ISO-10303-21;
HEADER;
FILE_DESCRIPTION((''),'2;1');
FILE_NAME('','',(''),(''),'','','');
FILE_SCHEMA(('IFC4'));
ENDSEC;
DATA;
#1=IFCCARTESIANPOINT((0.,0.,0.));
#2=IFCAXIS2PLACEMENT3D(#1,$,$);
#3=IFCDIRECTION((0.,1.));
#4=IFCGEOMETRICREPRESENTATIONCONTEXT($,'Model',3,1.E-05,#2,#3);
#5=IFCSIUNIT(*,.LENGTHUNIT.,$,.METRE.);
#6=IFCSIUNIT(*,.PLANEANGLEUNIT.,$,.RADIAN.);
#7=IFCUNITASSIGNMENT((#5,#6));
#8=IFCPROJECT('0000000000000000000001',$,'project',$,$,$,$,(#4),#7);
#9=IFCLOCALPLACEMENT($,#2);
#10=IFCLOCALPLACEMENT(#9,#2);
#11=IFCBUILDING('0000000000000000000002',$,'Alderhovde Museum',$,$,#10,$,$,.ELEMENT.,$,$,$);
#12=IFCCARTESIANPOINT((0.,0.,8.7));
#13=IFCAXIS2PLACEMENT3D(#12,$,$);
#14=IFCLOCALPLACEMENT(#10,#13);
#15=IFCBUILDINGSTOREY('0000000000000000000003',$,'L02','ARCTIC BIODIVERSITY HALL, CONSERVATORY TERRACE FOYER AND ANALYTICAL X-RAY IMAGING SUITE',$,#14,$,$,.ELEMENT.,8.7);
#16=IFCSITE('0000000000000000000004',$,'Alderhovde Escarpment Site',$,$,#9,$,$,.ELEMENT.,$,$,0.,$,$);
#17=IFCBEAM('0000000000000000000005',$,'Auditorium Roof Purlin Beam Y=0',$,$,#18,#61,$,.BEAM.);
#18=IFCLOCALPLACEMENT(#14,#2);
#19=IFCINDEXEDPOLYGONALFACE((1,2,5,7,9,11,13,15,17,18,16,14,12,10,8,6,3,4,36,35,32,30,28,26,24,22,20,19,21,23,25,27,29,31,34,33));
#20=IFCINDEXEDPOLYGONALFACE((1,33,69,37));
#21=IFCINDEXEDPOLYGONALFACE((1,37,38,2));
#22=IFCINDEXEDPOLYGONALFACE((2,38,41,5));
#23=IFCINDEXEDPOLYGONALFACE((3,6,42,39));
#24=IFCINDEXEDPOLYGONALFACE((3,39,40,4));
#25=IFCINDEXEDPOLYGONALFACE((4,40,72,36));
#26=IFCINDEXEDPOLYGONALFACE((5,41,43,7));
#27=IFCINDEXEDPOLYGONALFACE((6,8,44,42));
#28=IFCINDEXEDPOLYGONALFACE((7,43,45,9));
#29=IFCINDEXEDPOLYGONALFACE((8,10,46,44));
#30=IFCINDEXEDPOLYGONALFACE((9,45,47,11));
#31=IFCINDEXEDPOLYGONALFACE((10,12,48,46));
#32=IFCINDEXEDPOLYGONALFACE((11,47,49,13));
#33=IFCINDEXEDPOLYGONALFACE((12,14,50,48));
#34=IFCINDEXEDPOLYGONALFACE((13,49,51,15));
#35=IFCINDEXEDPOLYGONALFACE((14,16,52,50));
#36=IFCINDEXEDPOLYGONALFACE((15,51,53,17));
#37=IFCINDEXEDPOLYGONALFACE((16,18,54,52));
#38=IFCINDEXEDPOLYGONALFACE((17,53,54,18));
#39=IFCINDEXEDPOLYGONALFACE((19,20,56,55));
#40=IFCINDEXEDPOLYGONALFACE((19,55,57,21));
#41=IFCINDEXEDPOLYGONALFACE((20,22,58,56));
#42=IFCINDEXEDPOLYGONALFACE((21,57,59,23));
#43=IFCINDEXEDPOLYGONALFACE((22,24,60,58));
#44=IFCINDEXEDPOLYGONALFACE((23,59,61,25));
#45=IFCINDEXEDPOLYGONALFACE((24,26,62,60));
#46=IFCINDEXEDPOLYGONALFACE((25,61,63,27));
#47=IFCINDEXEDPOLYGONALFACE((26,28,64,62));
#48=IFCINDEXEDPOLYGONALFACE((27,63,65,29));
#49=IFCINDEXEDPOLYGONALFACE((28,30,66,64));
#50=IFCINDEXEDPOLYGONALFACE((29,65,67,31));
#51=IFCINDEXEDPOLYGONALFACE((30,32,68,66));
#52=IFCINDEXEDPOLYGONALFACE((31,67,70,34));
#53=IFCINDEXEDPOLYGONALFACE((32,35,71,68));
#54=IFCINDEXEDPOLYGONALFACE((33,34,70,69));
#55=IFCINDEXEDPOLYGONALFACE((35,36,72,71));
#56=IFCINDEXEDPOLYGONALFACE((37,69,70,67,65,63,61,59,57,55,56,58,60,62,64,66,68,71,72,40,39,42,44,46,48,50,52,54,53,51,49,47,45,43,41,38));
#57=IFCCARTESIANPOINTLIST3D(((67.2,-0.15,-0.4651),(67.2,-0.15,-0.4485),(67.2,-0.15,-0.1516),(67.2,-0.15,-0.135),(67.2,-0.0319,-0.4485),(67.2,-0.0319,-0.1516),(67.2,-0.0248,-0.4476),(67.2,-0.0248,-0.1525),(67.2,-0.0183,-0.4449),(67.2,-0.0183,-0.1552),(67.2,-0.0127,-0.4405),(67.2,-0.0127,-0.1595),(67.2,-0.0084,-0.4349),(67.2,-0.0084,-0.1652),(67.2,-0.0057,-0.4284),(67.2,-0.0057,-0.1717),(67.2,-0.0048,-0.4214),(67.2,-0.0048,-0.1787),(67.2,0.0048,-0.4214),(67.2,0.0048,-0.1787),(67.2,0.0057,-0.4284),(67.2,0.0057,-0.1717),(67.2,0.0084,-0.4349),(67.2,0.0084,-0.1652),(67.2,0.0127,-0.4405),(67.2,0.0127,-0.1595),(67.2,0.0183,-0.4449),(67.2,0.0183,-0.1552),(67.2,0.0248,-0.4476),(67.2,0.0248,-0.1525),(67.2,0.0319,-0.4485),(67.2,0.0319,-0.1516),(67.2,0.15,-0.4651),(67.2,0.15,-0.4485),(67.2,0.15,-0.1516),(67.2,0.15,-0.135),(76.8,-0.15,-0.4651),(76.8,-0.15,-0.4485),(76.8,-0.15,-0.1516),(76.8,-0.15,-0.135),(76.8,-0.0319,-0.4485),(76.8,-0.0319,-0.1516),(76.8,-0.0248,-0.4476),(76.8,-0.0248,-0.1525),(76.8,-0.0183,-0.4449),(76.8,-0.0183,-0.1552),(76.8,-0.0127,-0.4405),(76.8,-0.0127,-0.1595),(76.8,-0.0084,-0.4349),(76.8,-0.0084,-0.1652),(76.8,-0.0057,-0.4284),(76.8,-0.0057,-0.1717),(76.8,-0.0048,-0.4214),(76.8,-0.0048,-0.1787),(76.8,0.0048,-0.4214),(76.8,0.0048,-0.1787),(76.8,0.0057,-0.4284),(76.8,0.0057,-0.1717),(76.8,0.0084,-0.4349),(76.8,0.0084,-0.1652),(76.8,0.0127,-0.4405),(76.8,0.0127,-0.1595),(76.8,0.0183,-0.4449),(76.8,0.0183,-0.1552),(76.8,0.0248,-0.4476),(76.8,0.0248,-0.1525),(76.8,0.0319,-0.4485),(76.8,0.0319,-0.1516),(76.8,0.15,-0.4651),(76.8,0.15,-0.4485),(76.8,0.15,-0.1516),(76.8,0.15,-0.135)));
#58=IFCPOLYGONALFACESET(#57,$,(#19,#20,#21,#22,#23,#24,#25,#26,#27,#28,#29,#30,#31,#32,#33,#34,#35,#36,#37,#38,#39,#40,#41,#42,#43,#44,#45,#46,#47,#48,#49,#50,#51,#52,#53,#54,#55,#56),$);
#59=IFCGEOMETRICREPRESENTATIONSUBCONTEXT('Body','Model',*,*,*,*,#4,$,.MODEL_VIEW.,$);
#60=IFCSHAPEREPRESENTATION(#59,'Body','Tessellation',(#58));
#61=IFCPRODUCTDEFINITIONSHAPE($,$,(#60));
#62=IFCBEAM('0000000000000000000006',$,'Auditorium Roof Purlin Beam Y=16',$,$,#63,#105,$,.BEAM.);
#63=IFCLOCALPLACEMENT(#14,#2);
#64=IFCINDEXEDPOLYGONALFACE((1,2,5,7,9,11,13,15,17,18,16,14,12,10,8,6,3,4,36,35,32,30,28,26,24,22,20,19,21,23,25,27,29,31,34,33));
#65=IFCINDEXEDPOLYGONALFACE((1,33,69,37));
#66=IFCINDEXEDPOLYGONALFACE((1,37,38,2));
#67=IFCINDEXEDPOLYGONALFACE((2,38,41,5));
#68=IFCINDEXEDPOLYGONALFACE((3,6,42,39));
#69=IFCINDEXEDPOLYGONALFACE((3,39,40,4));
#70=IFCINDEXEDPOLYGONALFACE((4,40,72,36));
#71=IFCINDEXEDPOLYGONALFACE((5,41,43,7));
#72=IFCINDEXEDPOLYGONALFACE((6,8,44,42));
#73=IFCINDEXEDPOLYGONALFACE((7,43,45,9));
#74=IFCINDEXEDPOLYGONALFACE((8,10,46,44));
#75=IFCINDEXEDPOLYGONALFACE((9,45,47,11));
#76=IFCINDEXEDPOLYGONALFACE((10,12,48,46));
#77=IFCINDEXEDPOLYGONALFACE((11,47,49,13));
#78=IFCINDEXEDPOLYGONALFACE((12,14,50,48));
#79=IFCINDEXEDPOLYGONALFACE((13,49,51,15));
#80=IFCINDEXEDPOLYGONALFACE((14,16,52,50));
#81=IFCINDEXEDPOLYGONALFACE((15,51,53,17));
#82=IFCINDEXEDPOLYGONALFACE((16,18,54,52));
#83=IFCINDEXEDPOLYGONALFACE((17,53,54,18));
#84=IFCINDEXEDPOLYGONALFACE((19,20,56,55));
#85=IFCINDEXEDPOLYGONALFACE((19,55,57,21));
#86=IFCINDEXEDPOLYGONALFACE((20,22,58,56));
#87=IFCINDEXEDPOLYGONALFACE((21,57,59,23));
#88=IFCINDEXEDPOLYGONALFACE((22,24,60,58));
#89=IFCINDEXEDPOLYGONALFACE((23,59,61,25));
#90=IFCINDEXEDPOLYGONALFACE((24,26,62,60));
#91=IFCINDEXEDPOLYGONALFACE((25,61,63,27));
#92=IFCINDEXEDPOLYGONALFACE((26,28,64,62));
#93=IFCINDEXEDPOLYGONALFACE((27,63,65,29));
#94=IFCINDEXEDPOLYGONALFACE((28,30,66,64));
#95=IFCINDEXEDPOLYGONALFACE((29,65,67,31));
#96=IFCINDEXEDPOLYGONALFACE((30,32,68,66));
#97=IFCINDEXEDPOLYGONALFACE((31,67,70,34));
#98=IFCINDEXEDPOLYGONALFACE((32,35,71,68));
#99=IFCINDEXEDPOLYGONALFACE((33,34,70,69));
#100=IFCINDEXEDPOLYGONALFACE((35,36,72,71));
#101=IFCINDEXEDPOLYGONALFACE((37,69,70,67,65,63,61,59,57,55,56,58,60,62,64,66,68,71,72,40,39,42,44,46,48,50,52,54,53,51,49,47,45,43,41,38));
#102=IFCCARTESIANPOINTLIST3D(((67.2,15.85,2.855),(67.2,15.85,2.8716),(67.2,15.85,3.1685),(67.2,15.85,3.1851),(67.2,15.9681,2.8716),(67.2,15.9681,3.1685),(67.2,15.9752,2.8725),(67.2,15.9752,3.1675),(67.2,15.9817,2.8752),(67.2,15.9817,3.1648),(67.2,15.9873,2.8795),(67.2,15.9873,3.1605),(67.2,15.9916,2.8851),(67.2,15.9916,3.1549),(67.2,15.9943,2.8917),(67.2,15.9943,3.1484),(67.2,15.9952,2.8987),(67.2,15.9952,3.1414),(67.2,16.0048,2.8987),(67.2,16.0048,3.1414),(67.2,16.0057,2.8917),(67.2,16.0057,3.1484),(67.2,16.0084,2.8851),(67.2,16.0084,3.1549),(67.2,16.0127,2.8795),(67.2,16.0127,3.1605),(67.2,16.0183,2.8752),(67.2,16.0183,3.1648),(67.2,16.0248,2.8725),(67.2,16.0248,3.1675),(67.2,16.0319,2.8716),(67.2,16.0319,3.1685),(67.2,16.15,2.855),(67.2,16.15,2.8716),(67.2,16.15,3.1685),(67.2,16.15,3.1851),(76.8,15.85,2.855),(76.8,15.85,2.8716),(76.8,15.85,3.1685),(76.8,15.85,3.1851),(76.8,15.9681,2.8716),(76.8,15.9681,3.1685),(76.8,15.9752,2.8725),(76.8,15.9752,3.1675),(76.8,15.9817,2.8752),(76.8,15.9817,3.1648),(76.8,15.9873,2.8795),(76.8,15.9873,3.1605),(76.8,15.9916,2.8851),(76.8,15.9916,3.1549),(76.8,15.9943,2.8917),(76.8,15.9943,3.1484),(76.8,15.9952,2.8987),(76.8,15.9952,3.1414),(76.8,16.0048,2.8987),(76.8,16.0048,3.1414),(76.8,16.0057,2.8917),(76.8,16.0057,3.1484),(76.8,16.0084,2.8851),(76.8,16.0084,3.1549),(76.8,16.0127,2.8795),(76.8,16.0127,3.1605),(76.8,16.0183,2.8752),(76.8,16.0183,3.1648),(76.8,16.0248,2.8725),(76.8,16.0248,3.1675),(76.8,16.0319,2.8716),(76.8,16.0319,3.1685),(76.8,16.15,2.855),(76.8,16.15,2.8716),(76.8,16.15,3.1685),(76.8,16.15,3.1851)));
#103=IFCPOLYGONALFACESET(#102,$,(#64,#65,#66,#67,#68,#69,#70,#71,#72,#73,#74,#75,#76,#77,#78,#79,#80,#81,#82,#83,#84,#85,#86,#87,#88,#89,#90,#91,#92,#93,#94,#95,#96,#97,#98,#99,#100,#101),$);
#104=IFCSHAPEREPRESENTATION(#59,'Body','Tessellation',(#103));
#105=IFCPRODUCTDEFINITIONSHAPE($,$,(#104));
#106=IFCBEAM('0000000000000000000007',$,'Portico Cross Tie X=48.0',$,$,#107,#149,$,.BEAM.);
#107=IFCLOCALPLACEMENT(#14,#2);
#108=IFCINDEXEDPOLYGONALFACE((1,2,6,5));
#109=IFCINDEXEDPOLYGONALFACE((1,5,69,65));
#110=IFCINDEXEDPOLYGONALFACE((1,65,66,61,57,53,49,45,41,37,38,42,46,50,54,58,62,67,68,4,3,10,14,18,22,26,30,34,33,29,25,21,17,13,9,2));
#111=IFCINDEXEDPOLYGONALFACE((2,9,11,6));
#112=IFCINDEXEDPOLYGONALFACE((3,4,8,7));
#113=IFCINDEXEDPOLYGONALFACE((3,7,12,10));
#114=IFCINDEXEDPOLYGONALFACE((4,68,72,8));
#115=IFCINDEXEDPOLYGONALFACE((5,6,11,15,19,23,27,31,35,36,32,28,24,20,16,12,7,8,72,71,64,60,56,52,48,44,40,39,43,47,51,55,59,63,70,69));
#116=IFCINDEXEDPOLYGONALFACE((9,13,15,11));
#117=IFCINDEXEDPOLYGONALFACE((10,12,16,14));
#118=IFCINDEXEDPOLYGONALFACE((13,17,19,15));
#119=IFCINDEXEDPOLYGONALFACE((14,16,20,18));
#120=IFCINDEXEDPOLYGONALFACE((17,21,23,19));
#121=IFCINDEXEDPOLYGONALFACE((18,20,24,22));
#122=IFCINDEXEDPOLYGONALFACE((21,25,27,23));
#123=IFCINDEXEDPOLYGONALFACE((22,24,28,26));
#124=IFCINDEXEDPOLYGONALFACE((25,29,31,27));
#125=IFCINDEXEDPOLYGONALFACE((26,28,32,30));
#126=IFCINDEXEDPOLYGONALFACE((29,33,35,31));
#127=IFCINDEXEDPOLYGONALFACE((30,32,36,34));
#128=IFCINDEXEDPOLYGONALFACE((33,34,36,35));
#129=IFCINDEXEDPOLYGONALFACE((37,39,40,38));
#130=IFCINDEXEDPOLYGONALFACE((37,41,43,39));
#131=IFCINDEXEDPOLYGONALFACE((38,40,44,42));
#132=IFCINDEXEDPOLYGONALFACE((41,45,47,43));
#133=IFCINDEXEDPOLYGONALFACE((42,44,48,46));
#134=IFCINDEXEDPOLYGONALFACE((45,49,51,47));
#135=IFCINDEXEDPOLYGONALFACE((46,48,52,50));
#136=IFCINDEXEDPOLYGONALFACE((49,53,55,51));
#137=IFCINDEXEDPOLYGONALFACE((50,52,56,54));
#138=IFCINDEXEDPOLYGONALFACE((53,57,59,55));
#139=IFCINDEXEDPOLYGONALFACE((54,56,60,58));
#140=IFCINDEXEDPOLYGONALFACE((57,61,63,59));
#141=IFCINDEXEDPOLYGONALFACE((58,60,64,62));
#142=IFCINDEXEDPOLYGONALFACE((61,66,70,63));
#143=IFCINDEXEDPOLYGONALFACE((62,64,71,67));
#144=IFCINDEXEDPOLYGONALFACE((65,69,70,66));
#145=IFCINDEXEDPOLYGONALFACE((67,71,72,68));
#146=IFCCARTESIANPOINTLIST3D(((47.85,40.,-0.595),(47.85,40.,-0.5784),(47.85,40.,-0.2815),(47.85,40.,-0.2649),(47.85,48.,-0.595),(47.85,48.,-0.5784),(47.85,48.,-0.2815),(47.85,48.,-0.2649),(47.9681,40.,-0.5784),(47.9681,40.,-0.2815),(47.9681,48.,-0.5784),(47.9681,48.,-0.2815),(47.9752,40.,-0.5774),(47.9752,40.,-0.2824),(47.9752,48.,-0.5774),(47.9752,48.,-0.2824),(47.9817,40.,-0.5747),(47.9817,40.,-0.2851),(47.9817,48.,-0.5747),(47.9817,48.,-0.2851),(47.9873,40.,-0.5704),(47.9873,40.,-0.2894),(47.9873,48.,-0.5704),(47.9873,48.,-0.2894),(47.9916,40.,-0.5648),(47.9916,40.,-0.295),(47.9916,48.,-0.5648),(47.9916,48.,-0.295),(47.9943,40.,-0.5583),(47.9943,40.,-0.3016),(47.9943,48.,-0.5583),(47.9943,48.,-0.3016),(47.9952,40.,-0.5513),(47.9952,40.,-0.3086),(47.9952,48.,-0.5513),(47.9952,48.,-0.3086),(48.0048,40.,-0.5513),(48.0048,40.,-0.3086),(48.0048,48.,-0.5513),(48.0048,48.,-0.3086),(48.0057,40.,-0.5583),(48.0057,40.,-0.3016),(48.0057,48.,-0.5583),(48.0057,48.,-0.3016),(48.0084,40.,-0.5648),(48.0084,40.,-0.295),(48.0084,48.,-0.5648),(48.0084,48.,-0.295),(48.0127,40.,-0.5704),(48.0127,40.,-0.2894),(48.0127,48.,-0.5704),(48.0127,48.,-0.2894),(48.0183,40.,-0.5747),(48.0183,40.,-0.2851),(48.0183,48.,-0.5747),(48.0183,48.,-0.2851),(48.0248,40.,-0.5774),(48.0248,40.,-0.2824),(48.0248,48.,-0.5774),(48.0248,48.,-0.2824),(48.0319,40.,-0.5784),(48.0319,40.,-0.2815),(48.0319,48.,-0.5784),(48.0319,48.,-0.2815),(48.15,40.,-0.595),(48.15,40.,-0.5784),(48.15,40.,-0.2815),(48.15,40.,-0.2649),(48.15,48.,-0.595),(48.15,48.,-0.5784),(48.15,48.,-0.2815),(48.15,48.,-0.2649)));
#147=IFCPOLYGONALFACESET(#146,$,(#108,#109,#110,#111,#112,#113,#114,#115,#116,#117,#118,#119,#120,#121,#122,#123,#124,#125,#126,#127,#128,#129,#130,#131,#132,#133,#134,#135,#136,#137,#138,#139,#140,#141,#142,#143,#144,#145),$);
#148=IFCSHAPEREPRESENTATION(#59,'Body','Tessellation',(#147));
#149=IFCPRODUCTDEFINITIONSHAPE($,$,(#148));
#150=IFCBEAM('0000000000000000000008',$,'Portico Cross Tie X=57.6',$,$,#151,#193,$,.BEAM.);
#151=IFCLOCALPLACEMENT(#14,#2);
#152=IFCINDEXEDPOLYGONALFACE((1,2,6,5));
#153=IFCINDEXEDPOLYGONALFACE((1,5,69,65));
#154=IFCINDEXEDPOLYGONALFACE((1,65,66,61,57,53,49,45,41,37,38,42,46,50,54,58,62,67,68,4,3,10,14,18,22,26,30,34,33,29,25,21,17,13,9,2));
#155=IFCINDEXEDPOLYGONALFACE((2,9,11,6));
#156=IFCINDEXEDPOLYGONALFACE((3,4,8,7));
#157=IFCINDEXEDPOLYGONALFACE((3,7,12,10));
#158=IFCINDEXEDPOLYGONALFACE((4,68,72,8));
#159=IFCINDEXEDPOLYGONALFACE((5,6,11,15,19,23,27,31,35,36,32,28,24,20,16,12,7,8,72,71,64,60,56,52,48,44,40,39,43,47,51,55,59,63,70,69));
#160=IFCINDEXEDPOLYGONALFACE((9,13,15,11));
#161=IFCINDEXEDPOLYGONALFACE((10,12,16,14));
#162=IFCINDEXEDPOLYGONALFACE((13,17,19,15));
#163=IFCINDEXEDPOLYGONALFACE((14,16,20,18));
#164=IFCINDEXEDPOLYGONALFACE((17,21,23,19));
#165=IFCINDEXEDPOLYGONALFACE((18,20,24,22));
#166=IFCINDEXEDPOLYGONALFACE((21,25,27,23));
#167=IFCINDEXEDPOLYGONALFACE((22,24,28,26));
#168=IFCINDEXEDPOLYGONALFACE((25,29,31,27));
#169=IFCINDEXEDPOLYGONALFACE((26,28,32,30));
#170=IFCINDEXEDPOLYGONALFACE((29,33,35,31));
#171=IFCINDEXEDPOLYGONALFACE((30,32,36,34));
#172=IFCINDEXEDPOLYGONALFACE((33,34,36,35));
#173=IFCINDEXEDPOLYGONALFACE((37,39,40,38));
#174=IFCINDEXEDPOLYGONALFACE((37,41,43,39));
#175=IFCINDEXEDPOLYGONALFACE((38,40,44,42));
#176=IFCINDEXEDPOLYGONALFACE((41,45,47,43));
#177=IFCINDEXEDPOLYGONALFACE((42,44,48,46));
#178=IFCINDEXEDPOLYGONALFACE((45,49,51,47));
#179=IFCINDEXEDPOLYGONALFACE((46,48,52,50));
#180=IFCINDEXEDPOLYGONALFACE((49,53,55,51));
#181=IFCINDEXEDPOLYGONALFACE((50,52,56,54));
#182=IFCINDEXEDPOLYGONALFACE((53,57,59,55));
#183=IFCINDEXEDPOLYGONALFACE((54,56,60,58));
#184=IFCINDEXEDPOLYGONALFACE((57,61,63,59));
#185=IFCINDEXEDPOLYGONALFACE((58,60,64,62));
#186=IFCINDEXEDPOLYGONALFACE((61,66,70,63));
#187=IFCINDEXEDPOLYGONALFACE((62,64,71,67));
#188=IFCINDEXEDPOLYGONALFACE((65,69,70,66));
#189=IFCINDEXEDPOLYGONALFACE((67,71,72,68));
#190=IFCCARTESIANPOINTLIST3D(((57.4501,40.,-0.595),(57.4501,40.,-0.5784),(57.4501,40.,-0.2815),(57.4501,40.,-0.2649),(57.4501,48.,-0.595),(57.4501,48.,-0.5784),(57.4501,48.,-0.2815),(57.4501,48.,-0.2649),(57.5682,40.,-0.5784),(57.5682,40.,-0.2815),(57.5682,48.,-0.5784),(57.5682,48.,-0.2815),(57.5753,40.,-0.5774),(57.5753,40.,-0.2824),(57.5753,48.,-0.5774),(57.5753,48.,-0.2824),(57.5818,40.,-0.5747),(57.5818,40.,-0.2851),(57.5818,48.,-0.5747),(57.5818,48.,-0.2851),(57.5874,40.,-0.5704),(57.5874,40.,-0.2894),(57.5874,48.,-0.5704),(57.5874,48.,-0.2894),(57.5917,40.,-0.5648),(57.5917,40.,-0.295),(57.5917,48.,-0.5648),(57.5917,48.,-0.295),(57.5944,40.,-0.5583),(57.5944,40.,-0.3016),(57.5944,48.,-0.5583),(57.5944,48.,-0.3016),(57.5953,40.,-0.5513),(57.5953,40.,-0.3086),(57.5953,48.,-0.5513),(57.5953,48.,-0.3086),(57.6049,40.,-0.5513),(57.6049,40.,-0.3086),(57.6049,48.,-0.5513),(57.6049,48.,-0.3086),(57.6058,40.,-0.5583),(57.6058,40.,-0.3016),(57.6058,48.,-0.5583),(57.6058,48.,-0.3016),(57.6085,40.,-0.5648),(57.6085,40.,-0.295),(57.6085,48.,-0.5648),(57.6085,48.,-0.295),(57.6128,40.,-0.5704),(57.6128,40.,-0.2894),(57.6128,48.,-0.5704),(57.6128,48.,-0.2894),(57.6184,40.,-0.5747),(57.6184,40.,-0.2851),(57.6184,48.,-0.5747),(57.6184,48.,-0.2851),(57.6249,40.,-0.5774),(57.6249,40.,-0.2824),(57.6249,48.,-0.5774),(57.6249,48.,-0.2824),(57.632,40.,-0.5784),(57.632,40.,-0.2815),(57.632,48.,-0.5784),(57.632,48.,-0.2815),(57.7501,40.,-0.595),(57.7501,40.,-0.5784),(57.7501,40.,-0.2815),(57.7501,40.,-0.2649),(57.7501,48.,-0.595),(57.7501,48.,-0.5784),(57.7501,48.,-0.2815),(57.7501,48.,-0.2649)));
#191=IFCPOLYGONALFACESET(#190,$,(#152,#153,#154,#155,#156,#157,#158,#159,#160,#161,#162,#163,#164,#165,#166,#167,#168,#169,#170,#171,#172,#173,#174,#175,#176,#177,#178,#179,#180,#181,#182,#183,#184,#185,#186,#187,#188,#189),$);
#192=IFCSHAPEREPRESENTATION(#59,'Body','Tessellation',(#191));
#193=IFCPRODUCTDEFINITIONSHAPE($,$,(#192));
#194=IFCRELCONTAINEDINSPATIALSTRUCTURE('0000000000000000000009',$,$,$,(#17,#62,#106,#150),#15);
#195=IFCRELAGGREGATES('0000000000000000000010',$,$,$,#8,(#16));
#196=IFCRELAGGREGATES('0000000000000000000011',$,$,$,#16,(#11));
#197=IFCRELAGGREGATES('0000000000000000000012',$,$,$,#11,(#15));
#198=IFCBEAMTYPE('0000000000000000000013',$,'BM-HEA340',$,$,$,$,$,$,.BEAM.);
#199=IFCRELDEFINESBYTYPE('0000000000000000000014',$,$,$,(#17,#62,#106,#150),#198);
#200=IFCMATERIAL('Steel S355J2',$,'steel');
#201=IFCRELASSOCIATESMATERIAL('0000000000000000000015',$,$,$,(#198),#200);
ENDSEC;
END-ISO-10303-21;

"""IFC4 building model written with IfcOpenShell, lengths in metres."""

from ifc_helpers import new_model, si_unit, direction, frame, origin, origin_2d, place, context, subcontext, project, spatial, i_section, extrude, material, material_profile, profile_set, type_object, element, save


model = new_model("IFC4")

# Units and contexts
model_context = context("Model", 3, precision=1e-05, world=origin(), true_north=direction((0.0, 1.0)))
body_context = subcontext(model_context, "Body", "Model", "MODEL_VIEW")
ifc_project = project(units=[si_unit("LENGTHUNIT", "METRE"), si_unit("PLANEANGLEUNIT", "RADIAN")], contexts=[model_context])

# Site, building, storey
site_placement = place(None, origin())
site = spatial("IfcSite", under=ifc_project, at=site_placement, Name="Alderhovde Escarpment Site", CompositionType="ELEMENT", RefElevation=0.0)
building_placement = place(site_placement, origin())
building = spatial("IfcBuilding", under=site, at=building_placement, Name="Alderhovde Museum", CompositionType="ELEMENT")
storey_placement = place(building_placement, frame((0.0, 0.0, 8.7)))
storey = spatial("IfcBuildingStorey", under=building, at=storey_placement, Name="L02", Description="ARCTIC BIODIVERSITY HALL, CONSERVATORY TERRACE FOYER AND ANALYTICAL X-RAY IMAGING SUITE", CompositionType="ELEMENT", Elevation=8.7)

# Beams
ifc_material_1 = material(Name="Steel S355J2", Category="steel")
ifc_material_profile_1 = material_profile(ifc_material_1, i_section(OverallWidth=0.3, OverallDepth=0.3301, WebThickness=0.0095, FlangeThickness=0.0166, FilletRadius=0.0271, at=origin_2d()), Name="HEA 340")
ifc_profile_set_1 = profile_set([ifc_material_profile_1], Name="Steel S355J2")
beam_type_1 = type_object("IfcBeamType", Name="BM-HEA340", PredefinedType="BEAM", material=ifc_profile_set_1)
for number, where, z_axis, x_axis, name in (
    (1, (67.2, 0.0, -0.3), (1.0, 0.0, 0.0), (0.0, 1.0, 0.0), "Auditorium Roof Purlin Beam Y=0"),
    (2, (67.2, 16.0, 3.02), (1.0, 0.0, 0.0), (0.0, 1.0, 0.0), "Auditorium Roof Purlin Beam Y=16"),
):
    element("IfcBeam", number, at=place(storey_placement, frame(where, z_axis=z_axis, x_axis=x_axis)), inside=storey, type_object=beam_type_1, Name=name, PredefinedType="BEAM", context=body_context, shape_type="SweptSolid", body=[
        extrude(i_section(OverallWidth=0.3, OverallDepth=0.3301, WebThickness=0.0095, FlangeThickness=0.0166, FilletRadius=0.0271, at=origin_2d()), origin(), (0.0, 0.0, 1.0), 9.6001),
    ])
for number, where, z_axis, x_axis, name in (
    (3, (48.0, 40.0, -0.4299), (0.0, 1.0, 0.0), (-1.0, 0.0, 0.0), "Portico Cross Tie X=48.0"),
    (4, (57.6001, 40.0, -0.4299), (0.0, 1.0, 0.0), (-1.0, 0.0, 0.0), "Portico Cross Tie X=57.6"),
):
    element("IfcBeam", number, at=place(storey_placement, frame(where, z_axis=z_axis, x_axis=x_axis)), inside=storey, type_object=beam_type_1, Name=name, PredefinedType="BEAM", context=body_context, shape_type="SweptSolid", body=[
        extrude(i_section(OverallWidth=0.3, OverallDepth=0.3301, WebThickness=0.0095, FlangeThickness=0.0166, FilletRadius=0.0271, at=origin_2d()), origin(), (0.0, 0.0, 1.0), 8.0),
    ])

save(model, "model.ifc")
